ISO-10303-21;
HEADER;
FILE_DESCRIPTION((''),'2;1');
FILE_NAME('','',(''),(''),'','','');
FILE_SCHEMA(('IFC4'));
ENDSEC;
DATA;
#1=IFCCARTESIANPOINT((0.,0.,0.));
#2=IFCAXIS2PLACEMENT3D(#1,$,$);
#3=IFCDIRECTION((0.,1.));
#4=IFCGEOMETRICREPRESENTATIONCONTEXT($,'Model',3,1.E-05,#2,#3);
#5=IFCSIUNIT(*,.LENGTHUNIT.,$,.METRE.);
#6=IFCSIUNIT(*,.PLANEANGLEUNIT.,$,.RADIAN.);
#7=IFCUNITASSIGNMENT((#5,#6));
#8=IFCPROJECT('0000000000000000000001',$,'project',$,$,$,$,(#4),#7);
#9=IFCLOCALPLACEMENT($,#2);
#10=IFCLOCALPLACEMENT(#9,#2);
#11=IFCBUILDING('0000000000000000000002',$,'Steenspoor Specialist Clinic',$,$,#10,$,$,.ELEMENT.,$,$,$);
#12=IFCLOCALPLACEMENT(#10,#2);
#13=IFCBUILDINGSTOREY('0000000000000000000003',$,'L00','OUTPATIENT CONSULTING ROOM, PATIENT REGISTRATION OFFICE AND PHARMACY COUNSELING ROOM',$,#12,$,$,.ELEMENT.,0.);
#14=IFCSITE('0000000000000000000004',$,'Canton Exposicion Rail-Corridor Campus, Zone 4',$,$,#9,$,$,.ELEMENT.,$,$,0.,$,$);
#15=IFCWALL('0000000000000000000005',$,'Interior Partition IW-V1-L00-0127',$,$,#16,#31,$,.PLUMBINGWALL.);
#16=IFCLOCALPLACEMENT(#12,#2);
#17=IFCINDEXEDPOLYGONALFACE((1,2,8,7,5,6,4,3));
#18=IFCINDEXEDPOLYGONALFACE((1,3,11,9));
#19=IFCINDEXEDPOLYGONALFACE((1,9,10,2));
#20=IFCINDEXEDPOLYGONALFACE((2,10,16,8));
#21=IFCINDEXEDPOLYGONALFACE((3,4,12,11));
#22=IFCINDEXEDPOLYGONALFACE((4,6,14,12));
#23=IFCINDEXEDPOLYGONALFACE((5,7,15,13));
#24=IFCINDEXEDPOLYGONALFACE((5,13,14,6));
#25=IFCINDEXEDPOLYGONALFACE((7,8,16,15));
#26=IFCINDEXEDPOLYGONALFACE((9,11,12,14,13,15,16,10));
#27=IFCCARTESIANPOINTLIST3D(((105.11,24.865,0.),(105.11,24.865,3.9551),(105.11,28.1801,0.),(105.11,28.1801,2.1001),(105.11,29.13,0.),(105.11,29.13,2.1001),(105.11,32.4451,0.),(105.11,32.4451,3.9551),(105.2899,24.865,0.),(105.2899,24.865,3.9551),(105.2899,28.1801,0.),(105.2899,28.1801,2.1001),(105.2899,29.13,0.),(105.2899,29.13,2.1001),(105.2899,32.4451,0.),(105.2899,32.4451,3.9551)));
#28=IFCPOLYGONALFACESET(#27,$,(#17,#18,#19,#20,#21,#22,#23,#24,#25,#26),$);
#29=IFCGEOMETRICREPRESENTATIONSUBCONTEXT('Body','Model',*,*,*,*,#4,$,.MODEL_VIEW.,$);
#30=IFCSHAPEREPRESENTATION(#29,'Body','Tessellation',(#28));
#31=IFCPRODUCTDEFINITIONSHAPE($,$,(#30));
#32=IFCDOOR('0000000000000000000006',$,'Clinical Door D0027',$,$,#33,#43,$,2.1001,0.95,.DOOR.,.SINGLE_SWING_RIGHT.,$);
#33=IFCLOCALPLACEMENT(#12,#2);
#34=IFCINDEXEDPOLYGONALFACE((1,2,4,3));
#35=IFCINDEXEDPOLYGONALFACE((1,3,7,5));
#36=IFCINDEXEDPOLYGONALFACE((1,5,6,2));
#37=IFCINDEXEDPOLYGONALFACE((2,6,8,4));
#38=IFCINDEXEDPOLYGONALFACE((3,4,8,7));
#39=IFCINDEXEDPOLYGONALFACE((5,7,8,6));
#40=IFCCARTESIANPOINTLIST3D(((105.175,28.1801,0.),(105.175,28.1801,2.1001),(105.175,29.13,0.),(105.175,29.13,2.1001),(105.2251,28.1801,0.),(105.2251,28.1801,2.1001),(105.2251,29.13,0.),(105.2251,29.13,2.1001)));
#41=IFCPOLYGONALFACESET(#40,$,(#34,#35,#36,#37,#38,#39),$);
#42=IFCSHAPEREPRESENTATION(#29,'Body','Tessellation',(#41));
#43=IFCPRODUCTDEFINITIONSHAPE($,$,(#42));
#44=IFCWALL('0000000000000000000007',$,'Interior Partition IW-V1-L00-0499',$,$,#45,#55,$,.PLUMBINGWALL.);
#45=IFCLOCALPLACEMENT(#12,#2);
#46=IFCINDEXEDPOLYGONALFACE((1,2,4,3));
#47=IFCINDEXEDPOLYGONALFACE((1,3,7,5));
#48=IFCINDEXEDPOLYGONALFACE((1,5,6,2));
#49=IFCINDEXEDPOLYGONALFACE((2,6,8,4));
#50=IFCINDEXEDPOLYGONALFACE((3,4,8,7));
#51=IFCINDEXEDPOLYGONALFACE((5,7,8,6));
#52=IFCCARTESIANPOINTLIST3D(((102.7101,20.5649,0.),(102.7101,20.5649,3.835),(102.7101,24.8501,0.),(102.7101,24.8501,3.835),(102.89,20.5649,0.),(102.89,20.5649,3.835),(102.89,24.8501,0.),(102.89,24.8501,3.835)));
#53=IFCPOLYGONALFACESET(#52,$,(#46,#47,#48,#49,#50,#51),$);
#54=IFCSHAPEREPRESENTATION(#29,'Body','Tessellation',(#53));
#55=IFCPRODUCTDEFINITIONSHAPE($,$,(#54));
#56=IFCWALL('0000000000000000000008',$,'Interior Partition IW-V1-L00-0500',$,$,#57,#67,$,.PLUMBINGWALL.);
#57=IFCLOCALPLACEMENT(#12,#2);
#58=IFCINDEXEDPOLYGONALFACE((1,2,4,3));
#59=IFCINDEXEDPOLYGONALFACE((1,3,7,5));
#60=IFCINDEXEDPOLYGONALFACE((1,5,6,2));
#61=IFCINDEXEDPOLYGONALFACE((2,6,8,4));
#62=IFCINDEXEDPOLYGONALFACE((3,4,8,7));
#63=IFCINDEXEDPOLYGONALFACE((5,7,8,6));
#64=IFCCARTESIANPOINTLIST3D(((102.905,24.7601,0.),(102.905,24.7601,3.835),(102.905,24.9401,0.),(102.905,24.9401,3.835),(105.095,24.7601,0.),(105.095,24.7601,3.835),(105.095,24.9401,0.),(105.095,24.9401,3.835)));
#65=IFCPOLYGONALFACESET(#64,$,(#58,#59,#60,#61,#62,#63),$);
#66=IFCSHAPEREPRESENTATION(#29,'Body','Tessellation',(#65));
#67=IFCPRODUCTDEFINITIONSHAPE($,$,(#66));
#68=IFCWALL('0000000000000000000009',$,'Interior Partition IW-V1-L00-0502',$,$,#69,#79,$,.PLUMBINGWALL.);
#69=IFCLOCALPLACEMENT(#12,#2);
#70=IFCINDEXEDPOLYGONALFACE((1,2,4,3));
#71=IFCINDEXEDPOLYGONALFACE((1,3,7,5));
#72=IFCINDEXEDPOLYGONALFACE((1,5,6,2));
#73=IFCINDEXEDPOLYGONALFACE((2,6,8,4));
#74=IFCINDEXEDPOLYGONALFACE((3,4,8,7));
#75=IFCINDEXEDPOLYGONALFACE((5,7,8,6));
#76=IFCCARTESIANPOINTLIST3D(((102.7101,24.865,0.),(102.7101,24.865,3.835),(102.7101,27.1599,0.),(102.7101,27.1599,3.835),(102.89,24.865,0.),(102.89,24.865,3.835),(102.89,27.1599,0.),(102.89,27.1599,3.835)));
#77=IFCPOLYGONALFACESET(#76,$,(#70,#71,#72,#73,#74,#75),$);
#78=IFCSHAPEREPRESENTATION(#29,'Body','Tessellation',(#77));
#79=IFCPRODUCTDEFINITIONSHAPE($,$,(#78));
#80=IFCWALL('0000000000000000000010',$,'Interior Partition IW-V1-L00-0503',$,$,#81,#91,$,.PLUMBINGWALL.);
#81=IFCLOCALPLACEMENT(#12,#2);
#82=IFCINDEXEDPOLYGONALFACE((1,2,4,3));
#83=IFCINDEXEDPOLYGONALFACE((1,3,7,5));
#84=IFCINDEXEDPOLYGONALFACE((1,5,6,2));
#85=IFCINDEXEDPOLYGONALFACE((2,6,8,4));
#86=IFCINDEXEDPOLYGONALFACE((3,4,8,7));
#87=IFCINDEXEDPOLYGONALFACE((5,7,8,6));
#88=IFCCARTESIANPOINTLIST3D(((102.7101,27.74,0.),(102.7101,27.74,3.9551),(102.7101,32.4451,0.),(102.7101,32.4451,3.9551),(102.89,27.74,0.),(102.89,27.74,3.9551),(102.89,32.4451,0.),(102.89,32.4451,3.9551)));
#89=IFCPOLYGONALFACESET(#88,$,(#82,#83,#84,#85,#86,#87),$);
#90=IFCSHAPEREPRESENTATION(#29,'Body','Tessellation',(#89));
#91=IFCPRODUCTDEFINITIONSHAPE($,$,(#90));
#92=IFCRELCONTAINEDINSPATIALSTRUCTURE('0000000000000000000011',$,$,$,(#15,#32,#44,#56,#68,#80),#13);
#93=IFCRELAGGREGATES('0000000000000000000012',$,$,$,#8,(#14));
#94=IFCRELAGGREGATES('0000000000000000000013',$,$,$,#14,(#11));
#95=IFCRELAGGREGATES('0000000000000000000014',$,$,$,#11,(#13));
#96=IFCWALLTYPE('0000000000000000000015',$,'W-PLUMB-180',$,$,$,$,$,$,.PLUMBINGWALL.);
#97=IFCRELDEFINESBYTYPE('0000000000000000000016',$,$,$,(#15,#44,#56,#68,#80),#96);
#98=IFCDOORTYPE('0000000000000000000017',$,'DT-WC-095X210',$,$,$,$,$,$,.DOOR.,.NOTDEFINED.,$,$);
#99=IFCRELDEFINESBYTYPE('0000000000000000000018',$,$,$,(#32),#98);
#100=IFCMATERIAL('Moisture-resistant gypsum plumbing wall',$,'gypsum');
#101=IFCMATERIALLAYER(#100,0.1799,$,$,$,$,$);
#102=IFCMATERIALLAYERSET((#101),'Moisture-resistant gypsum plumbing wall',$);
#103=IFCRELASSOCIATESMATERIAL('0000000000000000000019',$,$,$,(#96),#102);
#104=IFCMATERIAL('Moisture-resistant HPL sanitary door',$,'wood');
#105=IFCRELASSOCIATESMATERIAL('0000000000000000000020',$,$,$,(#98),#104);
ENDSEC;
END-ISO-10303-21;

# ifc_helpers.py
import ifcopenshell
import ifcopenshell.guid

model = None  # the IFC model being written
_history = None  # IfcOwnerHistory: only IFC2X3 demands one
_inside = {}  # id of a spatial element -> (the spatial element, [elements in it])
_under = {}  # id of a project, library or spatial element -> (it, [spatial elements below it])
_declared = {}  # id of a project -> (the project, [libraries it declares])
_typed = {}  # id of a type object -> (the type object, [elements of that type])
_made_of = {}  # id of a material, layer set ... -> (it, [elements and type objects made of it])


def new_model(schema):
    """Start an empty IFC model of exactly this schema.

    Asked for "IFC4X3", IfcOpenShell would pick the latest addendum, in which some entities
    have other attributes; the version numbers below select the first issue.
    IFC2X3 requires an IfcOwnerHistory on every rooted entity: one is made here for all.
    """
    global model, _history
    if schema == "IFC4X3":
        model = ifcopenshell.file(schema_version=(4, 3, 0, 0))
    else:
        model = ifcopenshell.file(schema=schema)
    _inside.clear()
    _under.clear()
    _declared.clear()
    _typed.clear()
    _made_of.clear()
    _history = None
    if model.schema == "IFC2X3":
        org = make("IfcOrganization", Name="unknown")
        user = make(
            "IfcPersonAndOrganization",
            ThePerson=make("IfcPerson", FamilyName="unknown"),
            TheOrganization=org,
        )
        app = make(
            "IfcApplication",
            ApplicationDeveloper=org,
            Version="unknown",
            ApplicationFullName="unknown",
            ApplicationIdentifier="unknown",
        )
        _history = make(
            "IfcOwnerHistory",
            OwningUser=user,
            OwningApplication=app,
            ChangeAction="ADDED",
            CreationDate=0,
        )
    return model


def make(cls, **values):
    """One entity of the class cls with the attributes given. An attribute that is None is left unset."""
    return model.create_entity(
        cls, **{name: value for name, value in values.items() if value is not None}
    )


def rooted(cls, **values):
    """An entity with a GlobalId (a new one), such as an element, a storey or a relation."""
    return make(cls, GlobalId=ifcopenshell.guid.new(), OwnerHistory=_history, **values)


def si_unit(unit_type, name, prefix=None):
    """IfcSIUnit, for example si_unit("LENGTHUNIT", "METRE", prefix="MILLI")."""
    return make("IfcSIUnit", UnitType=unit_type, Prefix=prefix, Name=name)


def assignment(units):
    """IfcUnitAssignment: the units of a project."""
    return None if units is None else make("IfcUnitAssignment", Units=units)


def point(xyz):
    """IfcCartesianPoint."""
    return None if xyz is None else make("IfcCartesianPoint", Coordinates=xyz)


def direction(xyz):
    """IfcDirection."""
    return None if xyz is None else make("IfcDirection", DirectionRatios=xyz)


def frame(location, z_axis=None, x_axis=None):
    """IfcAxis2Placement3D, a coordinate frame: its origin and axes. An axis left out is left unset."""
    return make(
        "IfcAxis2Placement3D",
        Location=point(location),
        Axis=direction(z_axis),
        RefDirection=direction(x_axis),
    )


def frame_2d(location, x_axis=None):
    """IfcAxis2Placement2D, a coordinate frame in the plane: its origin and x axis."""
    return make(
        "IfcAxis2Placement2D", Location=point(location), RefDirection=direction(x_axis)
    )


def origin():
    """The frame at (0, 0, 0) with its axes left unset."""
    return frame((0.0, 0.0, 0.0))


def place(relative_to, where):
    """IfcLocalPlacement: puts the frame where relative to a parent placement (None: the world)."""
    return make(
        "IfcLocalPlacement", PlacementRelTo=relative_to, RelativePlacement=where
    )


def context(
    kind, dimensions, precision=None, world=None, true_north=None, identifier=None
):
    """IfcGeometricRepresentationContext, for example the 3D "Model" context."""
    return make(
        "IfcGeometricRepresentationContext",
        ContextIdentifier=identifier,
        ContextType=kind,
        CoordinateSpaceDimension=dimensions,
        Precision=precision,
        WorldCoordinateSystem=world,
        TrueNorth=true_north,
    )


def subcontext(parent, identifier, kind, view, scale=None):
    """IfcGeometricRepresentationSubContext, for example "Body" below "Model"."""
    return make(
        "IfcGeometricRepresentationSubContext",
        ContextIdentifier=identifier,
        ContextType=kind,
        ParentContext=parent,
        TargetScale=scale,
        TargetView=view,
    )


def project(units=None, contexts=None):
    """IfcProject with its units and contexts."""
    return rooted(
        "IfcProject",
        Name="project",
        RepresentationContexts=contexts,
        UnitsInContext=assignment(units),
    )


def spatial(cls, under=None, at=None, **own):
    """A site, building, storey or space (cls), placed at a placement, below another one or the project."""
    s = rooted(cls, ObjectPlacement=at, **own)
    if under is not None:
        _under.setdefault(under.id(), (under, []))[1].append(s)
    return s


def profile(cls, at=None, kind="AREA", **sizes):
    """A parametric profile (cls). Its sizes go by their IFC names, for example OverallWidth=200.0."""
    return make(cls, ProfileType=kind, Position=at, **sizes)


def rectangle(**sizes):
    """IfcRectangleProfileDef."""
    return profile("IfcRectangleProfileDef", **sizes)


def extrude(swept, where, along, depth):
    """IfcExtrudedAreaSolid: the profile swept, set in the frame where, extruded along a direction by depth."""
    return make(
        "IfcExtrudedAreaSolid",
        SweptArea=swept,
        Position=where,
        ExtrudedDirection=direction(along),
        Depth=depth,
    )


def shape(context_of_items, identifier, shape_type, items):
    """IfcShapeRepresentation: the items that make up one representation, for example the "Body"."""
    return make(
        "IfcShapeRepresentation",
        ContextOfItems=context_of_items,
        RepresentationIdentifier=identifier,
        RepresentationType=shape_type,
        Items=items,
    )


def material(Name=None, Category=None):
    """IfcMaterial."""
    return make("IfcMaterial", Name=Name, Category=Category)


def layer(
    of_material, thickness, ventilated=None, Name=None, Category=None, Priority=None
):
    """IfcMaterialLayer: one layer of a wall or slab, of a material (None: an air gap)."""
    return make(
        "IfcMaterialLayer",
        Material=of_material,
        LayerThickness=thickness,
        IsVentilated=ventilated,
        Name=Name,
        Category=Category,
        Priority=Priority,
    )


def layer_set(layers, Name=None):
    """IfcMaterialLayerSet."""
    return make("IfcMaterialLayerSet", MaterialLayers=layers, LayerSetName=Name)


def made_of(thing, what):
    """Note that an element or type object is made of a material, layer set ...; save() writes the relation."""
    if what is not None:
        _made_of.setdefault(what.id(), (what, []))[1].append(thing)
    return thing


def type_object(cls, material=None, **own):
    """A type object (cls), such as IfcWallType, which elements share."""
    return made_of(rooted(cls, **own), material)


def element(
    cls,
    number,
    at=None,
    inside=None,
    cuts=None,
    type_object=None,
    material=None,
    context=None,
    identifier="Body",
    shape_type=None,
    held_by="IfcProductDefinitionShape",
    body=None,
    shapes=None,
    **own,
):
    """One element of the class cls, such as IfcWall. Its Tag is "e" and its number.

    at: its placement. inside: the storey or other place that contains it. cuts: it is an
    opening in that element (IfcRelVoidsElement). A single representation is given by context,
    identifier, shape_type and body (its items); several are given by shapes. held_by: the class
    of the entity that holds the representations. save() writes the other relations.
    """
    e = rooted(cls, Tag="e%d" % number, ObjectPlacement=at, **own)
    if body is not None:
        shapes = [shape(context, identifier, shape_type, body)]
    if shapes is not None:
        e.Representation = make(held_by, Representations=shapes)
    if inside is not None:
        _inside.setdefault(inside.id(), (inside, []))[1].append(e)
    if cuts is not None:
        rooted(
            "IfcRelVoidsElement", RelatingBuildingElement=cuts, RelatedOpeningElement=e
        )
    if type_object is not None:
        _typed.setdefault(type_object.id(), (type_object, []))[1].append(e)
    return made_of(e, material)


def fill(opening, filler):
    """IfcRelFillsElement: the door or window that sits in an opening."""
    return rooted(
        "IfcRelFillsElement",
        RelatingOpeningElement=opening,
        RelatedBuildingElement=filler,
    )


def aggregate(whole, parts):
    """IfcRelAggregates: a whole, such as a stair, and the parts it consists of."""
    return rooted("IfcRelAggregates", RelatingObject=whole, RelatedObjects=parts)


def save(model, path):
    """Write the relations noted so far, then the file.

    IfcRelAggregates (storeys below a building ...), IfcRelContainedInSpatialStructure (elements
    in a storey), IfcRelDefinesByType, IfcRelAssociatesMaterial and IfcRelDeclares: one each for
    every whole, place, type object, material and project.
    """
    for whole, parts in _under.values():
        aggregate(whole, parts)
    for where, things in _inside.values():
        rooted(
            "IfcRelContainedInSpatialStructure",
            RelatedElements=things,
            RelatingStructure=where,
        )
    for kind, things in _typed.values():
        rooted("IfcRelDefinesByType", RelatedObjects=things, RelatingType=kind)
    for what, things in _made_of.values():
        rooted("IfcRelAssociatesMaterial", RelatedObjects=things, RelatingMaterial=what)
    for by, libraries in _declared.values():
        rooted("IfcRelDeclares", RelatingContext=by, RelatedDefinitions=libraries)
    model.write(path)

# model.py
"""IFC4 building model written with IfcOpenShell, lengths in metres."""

from ifc_helpers import new_model, si_unit, direction, frame, frame_2d, origin, place, context, subcontext, project, spatial, rectangle, extrude, material, layer, layer_set, type_object, element, fill, save


model = new_model("IFC4")

# Units and contexts
model_context = context("Model", 3, precision=1e-05, world=origin(), true_north=direction((0.0, 1.0)))
body_context = subcontext(model_context, "Body", "Model", "MODEL_VIEW")
ifc_project = project(units=[si_unit("LENGTHUNIT", "METRE"), si_unit("PLANEANGLEUNIT", "RADIAN")], contexts=[model_context])

# Site, building, storey
site_placement = place(None, origin())
site = spatial("IfcSite", under=ifc_project, at=site_placement, Name="Canton Exposicion Rail-Corridor Campus, Zone 4", CompositionType="ELEMENT", RefElevation=0.0)
building_placement = place(site_placement, origin())
building = spatial("IfcBuilding", under=site, at=building_placement, Name="Steenspoor Specialist Clinic", CompositionType="ELEMENT")
storey_placement = place(building_placement, origin())
storey = spatial("IfcBuildingStorey", under=building, at=storey_placement, Name="L00", Description="OUTPATIENT CONSULTING ROOM, PATIENT REGISTRATION OFFICE AND PHARMACY COUNSELING ROOM", CompositionType="ELEMENT", Elevation=0.0)

# Wall, opening, door
ifc_material_1 = material(Name="Moisture-resistant gypsum plumbing wall", Category="gypsum")
ifc_layer_1 = layer(ifc_material_1, 0.1799)
ifc_layer_set_1 = layer_set([ifc_layer_1], Name="Moisture-resistant gypsum plumbing wall")
wall_type_1 = type_object("IfcWallType", Name="W-PLUMB-180", PredefinedType="PLUMBINGWALL", material=ifc_layer_set_1)
wall_1_placement = place(storey_placement, frame((105.2, 24.865, 0.0), z_axis=(0.0, 0.0, 1.0), x_axis=(0.0, 1.0, 0.0)))
wall_1 = element("IfcWall", 1, at=wall_1_placement, inside=storey, type_object=wall_type_1, Name="Interior Partition IW-V1-L00-0127", PredefinedType="PLUMBINGWALL", context=body_context, shape_type="SweptSolid", body=[
    extrude(rectangle(XDim=7.5801, YDim=0.1799, at=frame_2d((3.79, 0.0))), origin(), (0.0, 0.0, 1.0), 3.9551),
])
opening_placement = place(wall_1_placement, frame((3.3149, 0.0, 0.0)))
opening = element("IfcOpeningElement", 2, at=opening_placement, cuts=wall_1, PredefinedType="OPENING", context=body_context, shape_type="SweptSolid", body=[
    extrude(rectangle(XDim=0.95, YDim=2.1001, at=frame_2d((0.4751, 1.05))), frame((0.0, 0.1001, 0.0), z_axis=(0.0, -1.0, 0.0), x_axis=(1.0, 0.0, 0.0)), (0.0, 0.0, 1.0), 0.2),
])
ifc_material_2 = material(Name="Moisture-resistant HPL sanitary door", Category="wood")
door_type = type_object("IfcDoorType", Name="DT-WC-095X210", OperationType="NOTDEFINED", PredefinedType="DOOR", material=ifc_material_2)
door_placement = place(opening_placement, origin())
door = element("IfcDoor", 3, at=door_placement, inside=storey, type_object=door_type, Name="Clinical Door D0027", OperationType="SINGLE_SWING_RIGHT", OverallHeight=2.1001, OverallWidth=0.95, PredefinedType="DOOR", context=body_context, shape_type="SweptSolid", body=[
    extrude(rectangle(XDim=0.95, YDim=2.1001, at=frame_2d((0.4751, 1.05))), frame((0.0, 0.0249, 0.0), z_axis=(0.0, -1.0, 0.0), x_axis=(1.0, 0.0, 0.0)), (0.0, 0.0, 1.0), 0.05),
])
fill(opening, door)

# Walls
wall_2_placement = place(storey_placement, frame((102.8, 20.5649, 0.0), z_axis=(0.0, 0.0, 1.0), x_axis=(0.0, 1.0, 0.0)))
element("IfcWall", 4, at=wall_2_placement, inside=storey, type_object=wall_type_1, Name="Interior Partition IW-V1-L00-0499", PredefinedType="PLUMBINGWALL", context=body_context, shape_type="SweptSolid", body=[
    extrude(rectangle(XDim=4.2852, YDim=0.1799, at=frame_2d((2.1426, 0.0))), origin(), (0.0, 0.0, 1.0), 3.835),
])
wall_3_placement = place(storey_placement, frame((102.905, 24.8501, 0.0), z_axis=(0.0, 0.0, 1.0), x_axis=(1.0, 0.0, 0.0)))
element("IfcWall", 5, at=wall_3_placement, inside=storey, type_object=wall_type_1, Name="Interior Partition IW-V1-L00-0500", PredefinedType="PLUMBINGWALL", context=body_context, shape_type="SweptSolid", body=[
    extrude(rectangle(XDim=2.1899, YDim=0.1799, at=frame_2d((1.095, 0.0))), origin(), (0.0, 0.0, 1.0), 3.835),
])
wall_4_placement = place(storey_placement, frame((102.8, 24.865, 0.0), z_axis=(0.0, 0.0, 1.0), x_axis=(0.0, 1.0, 0.0)))
element("IfcWall", 6, at=wall_4_placement, inside=storey, type_object=wall_type_1, Name="Interior Partition IW-V1-L00-0502", PredefinedType="PLUMBINGWALL", context=body_context, shape_type="SweptSolid", body=[
    extrude(rectangle(XDim=2.2949, YDim=0.1799, at=frame_2d((1.1475, 0.0))), origin(), (0.0, 0.0, 1.0), 3.835),
])
wall_5_placement = place(storey_placement, frame((102.8, 27.74, 0.0), z_axis=(0.0, 0.0, 1.0), x_axis=(0.0, 1.0, 0.0)))
element("IfcWall", 7, at=wall_5_placement, inside=storey, type_object=wall_type_1, Name="Interior Partition IW-V1-L00-0503", PredefinedType="PLUMBINGWALL", context=body_context, shape_type="SweptSolid", body=[
    extrude(rectangle(XDim=4.7051, YDim=0.1799, at=frame_2d((2.3525, 0.0))), origin(), (0.0, 0.0, 1.0), 3.9551),
])

save(model, "model.ifc")
